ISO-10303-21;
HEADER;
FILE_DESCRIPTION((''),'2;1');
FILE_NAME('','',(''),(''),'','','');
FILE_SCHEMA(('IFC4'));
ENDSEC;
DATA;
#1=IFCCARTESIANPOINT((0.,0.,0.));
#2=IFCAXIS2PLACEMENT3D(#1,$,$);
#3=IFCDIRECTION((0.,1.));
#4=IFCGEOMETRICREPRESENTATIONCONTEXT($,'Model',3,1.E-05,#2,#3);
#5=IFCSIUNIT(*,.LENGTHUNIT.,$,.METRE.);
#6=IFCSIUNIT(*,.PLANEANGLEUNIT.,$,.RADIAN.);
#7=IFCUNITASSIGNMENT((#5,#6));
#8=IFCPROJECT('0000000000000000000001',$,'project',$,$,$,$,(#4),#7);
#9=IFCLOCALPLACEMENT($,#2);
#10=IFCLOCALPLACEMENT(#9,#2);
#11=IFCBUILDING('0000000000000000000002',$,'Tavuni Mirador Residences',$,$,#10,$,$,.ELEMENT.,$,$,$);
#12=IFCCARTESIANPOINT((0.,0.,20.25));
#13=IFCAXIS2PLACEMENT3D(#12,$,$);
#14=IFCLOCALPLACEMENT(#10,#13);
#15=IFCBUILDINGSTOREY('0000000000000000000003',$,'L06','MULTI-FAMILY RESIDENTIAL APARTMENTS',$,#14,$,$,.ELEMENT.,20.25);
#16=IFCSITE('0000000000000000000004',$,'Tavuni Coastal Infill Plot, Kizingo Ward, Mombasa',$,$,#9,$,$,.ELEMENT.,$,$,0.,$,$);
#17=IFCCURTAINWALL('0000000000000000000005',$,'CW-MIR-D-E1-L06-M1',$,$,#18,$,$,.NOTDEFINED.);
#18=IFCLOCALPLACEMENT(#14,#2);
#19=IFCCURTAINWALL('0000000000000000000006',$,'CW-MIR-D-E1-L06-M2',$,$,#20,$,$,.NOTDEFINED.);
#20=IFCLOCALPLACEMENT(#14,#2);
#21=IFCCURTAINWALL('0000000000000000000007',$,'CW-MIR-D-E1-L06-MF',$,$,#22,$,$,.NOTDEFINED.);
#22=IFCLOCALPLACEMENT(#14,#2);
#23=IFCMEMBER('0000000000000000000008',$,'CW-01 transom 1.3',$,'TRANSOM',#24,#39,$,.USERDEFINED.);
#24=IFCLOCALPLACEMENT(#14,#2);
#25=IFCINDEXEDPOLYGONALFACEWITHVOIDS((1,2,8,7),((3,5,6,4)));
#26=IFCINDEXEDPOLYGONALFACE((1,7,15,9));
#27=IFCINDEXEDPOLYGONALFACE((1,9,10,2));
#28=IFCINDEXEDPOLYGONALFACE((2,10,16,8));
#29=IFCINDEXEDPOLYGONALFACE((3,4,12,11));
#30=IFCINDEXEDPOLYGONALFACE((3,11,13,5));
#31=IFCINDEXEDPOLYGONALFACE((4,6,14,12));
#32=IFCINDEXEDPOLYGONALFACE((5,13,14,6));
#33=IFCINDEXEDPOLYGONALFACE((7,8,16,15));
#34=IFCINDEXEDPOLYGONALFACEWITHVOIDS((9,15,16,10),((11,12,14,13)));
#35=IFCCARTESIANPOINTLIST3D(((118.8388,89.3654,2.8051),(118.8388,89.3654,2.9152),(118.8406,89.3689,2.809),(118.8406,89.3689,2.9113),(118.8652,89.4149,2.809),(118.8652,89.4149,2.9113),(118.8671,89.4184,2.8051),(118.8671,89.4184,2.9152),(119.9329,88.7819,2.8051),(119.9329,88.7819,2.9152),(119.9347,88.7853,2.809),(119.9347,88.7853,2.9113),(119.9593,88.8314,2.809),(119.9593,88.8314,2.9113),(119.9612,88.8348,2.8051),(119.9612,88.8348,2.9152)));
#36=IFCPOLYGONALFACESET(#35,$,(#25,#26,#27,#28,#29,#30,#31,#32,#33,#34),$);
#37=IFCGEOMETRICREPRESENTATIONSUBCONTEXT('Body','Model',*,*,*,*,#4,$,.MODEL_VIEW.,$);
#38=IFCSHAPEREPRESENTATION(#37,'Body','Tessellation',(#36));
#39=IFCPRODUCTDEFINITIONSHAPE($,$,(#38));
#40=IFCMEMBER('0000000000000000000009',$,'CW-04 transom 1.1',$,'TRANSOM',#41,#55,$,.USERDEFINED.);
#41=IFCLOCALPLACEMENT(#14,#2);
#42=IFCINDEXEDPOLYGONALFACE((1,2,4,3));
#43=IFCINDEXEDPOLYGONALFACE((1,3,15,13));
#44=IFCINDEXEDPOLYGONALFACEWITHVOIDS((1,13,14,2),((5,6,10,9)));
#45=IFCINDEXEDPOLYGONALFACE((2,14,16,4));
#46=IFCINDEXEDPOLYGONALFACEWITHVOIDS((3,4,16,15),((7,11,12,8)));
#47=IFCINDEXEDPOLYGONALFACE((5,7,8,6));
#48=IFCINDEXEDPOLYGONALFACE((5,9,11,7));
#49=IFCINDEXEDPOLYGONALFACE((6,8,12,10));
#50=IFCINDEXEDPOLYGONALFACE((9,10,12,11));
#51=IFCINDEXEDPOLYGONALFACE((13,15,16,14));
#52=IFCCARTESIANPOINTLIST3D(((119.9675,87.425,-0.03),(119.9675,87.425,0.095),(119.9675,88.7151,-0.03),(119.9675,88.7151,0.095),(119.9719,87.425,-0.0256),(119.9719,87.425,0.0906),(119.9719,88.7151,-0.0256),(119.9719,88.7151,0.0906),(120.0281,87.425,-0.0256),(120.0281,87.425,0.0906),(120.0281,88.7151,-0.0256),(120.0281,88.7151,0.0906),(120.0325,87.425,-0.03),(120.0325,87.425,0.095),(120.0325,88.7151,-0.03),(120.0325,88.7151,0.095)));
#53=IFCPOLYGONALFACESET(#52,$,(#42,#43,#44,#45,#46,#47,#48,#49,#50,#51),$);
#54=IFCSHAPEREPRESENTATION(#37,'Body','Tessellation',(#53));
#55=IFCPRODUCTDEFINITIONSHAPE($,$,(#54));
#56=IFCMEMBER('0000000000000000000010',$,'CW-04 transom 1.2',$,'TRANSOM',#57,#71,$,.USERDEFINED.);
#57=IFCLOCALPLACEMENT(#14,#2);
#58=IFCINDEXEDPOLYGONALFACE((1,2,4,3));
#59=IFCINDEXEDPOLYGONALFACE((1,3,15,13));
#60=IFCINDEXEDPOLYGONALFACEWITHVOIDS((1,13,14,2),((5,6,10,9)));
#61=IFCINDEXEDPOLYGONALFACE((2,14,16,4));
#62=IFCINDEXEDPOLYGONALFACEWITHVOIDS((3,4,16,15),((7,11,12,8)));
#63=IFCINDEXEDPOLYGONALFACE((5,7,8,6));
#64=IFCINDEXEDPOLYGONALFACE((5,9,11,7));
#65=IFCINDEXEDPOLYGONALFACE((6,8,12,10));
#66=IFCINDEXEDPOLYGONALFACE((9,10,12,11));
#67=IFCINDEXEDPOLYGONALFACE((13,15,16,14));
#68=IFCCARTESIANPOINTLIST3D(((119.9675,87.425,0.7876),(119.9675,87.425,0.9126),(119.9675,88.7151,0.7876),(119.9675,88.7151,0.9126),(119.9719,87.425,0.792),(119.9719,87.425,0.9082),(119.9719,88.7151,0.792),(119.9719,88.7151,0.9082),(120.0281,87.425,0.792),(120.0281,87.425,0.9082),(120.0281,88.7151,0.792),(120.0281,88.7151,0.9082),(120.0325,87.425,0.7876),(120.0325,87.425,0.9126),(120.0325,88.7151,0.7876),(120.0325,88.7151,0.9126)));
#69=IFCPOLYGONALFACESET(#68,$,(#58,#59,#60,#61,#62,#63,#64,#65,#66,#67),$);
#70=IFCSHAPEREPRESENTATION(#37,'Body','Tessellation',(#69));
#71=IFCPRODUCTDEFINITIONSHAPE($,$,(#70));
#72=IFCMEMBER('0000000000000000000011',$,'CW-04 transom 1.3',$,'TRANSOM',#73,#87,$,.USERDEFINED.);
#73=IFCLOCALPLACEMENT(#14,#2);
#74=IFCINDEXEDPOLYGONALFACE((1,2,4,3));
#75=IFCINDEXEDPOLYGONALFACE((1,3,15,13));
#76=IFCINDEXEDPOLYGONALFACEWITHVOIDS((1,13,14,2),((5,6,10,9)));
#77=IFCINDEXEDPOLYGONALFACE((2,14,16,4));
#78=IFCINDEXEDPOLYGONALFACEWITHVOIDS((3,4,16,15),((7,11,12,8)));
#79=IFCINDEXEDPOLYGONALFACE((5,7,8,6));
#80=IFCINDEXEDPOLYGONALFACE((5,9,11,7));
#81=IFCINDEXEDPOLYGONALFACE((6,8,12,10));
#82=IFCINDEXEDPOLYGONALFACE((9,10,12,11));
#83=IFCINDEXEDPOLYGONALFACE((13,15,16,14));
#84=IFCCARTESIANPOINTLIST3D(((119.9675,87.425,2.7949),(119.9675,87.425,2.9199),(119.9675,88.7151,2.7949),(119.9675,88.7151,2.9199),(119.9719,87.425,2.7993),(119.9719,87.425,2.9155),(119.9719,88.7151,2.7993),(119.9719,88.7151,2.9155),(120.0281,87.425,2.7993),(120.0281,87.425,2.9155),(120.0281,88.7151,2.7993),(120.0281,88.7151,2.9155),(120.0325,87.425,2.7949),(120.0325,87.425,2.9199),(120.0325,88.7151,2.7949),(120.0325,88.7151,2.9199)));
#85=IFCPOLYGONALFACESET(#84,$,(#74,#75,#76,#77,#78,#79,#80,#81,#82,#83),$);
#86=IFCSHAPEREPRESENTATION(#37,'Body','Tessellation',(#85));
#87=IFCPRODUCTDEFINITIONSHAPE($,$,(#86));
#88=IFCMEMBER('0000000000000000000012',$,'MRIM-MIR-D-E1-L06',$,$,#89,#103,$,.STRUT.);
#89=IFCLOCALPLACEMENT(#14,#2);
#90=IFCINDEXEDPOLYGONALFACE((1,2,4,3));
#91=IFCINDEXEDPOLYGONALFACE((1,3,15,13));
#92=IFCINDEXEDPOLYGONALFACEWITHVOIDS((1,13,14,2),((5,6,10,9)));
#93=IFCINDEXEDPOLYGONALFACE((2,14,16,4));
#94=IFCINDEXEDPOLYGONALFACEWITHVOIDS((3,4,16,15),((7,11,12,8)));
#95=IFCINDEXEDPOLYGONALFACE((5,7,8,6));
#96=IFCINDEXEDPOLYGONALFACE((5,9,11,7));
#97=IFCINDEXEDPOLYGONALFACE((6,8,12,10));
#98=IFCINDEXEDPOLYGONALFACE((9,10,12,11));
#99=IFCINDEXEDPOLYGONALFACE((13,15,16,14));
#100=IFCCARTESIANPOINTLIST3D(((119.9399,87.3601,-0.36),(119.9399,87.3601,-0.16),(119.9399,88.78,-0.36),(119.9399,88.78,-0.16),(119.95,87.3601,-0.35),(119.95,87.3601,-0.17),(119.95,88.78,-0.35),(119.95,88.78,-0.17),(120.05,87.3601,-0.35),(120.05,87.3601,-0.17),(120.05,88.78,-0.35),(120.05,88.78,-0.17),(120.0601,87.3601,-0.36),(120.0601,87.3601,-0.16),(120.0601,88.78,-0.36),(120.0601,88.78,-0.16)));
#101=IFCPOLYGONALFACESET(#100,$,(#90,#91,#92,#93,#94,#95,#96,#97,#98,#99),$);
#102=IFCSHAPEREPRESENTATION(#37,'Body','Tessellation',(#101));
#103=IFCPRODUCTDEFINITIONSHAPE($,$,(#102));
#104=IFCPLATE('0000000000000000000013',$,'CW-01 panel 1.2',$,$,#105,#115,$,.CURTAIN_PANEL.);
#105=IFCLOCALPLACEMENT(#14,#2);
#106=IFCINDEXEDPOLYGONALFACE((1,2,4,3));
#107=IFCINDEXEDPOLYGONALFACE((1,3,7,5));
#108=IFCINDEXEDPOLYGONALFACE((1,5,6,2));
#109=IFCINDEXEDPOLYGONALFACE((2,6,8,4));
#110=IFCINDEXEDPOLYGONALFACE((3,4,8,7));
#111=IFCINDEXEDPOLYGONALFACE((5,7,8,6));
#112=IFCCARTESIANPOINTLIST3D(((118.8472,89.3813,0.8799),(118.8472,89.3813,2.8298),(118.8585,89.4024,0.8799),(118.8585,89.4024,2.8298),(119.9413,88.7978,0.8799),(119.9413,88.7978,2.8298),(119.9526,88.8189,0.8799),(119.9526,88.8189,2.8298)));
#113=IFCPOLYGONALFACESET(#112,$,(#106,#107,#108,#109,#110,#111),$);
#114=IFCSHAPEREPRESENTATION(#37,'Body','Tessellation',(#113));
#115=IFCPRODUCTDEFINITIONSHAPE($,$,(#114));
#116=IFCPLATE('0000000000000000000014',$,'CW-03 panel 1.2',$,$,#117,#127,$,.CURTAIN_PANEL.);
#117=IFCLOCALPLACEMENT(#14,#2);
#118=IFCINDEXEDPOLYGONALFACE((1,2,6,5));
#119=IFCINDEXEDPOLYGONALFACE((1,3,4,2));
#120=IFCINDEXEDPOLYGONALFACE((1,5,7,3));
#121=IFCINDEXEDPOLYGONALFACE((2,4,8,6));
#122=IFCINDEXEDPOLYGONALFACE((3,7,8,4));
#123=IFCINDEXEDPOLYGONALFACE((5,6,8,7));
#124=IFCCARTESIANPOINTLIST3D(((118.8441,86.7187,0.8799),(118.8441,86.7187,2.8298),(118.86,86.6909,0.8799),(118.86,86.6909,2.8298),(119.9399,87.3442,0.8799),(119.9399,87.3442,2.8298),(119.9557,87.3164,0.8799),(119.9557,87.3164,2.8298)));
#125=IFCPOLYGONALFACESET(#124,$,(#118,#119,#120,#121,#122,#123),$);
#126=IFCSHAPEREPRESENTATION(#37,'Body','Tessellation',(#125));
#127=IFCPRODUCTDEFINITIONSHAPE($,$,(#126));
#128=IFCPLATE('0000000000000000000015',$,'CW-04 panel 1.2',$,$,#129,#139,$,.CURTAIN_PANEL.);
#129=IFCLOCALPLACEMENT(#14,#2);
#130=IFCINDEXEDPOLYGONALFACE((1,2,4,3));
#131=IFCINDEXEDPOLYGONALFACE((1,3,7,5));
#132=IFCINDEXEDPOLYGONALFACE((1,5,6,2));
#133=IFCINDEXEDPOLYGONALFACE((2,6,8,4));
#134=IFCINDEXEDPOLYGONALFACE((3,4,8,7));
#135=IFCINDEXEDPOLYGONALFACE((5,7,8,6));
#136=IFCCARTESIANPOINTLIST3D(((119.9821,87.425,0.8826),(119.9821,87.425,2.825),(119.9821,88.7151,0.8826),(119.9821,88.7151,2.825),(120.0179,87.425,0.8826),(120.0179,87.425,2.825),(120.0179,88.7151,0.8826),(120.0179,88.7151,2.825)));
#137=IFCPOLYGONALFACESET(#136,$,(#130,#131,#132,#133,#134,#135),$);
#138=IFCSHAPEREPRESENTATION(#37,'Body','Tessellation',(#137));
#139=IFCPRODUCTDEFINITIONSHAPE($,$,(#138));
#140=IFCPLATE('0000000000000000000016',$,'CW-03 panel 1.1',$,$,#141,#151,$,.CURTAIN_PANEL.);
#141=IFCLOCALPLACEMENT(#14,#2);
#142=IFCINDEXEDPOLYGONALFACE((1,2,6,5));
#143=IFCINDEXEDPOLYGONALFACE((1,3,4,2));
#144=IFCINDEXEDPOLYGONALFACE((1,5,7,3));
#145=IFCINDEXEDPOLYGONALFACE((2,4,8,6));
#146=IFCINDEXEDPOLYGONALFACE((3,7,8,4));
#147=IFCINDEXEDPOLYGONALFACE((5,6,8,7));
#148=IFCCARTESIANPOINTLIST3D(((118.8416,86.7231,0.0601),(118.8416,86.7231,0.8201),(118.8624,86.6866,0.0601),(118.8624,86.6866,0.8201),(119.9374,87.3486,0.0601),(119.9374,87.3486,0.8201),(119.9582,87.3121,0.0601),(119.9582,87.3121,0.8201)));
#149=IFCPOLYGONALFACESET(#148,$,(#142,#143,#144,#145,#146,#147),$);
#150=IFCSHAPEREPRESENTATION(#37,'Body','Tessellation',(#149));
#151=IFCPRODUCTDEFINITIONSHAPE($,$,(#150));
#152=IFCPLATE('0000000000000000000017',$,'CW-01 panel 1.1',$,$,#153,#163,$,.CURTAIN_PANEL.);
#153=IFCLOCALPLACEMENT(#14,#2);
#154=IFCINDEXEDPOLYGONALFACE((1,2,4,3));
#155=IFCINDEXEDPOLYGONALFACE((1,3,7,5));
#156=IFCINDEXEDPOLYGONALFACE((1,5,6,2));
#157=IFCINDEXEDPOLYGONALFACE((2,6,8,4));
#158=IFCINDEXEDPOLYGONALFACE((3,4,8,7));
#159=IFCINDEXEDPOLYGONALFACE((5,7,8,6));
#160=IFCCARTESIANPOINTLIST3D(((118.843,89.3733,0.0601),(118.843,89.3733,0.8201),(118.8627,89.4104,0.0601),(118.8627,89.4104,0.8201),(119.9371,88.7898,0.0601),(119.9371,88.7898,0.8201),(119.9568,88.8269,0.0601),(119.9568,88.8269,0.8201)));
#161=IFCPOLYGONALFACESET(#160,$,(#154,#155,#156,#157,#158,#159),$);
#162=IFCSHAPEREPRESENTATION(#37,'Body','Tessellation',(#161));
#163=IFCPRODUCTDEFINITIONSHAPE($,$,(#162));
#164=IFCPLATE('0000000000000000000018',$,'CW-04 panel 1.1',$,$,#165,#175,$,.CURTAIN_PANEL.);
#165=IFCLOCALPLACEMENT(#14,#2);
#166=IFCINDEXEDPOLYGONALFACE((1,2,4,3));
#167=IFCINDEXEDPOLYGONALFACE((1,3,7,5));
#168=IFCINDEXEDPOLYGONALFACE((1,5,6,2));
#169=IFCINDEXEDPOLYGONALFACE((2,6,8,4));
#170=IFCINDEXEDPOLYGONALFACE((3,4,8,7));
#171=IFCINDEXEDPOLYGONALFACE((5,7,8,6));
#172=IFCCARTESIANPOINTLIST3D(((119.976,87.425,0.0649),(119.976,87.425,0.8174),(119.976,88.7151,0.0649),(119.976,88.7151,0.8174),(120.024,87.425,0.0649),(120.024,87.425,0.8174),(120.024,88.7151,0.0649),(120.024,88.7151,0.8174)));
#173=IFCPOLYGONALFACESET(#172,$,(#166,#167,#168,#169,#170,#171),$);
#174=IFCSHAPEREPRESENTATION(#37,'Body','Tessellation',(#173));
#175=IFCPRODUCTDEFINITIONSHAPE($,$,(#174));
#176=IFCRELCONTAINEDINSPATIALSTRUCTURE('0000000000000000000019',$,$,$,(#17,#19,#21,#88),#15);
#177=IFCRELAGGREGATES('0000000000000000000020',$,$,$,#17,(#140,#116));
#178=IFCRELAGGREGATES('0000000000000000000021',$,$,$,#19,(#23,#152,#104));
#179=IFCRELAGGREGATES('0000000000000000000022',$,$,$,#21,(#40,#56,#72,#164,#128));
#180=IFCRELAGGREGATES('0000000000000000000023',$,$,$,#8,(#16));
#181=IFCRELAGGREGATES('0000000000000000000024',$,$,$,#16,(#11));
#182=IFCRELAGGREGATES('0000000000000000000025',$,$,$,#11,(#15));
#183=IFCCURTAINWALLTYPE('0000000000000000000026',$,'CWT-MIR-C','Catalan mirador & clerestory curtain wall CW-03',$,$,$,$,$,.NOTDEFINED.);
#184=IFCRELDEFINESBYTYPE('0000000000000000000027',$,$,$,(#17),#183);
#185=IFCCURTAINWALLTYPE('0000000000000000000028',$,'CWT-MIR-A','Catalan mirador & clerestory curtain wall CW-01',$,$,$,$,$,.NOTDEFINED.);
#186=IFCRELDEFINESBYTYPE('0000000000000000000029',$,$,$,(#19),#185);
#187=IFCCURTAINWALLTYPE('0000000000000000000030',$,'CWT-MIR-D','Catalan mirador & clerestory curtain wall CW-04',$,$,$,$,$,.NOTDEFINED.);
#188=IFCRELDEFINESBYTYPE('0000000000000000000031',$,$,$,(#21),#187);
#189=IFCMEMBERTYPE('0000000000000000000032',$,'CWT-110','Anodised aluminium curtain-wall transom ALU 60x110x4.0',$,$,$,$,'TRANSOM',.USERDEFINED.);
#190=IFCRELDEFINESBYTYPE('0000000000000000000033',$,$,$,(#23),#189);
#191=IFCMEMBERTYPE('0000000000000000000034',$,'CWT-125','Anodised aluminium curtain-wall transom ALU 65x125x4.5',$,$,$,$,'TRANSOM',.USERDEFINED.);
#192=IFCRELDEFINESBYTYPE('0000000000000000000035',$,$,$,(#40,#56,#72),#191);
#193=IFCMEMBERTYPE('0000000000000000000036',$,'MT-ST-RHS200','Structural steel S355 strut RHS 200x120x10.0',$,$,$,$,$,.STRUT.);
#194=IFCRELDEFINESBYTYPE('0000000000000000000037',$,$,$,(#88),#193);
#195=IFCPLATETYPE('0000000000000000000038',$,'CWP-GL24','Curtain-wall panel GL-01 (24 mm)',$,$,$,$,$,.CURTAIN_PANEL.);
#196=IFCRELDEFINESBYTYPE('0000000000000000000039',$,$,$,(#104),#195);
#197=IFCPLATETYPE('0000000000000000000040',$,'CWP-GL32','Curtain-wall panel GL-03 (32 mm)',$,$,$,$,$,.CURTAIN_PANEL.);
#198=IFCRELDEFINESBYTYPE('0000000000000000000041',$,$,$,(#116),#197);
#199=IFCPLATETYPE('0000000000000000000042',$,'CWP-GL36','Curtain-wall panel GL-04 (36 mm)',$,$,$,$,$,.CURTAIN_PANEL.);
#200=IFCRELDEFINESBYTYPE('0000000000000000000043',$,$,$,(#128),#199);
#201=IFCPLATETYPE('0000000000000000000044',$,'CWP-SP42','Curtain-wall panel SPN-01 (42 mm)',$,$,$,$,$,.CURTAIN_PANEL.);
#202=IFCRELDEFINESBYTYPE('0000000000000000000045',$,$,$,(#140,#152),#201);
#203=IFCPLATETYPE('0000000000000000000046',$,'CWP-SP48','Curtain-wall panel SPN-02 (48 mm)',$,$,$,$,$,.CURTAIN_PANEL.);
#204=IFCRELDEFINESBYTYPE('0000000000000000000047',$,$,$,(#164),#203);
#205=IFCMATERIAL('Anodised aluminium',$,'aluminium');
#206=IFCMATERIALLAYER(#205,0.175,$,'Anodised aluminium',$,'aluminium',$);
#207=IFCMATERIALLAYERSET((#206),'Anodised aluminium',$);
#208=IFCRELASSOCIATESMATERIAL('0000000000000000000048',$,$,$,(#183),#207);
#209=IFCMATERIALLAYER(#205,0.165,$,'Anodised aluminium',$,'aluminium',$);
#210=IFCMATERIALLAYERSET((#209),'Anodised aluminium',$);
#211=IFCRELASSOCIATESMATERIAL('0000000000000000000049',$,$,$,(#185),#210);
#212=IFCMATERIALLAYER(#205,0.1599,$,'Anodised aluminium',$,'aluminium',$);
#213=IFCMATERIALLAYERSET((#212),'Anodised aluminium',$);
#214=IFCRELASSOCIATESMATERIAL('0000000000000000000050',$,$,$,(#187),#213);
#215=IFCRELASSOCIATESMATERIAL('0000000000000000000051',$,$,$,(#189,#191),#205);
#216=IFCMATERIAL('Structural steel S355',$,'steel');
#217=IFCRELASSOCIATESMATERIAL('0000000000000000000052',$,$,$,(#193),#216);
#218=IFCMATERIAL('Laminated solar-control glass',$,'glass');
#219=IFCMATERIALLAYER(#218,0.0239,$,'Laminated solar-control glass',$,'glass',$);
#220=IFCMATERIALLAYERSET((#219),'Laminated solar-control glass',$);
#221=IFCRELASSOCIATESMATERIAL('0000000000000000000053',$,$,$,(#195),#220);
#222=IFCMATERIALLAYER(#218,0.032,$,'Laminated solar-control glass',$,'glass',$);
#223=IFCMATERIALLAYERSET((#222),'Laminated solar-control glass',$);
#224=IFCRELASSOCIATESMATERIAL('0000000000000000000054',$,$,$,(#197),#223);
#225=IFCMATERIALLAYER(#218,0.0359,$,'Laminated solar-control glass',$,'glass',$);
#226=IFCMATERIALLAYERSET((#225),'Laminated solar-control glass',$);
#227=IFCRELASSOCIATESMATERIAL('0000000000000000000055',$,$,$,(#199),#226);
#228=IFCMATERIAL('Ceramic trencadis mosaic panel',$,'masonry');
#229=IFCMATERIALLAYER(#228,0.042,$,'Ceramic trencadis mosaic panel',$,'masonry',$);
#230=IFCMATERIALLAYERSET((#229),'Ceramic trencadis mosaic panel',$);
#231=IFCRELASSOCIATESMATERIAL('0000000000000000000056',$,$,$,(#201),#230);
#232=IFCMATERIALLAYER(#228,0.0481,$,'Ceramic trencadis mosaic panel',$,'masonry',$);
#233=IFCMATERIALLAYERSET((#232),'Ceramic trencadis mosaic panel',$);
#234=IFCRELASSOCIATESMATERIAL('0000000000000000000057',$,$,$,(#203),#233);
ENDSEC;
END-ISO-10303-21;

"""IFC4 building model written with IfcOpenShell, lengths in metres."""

from ifc_helpers import new_model, si_unit, direction, frame, origin, origin_2d, place, context, subcontext, project, spatial, rectangle, hollow_rectangle, extrude, material, layer, layer_set, material_profile, profile_set, type_object, element, aggregate, save


model = new_model("IFC4")

# Units and contexts
model_context = context("Model", 3, precision=1e-05, world=origin(), true_north=direction((0.0, 1.0)))
body_context = subcontext(model_context, "Body", "Model", "MODEL_VIEW")
ifc_project = project(units=[si_unit("LENGTHUNIT", "METRE"), si_unit("PLANEANGLEUNIT", "RADIAN")], contexts=[model_context])

# Site, building, storey
site_placement = place(None, origin())
site = spatial("IfcSite", under=ifc_project, at=site_placement, Name="Tavuni Coastal Infill Plot, Kizingo Ward, Mombasa", CompositionType="ELEMENT", RefElevation=0.0)
building_placement = place(site_placement, origin())
building = spatial("IfcBuilding", under=site, at=building_placement, Name="Tavuni Mirador Residences", CompositionType="ELEMENT")
storey_placement = place(building_placement, frame((0.0, 0.0, 20.25)))
storey = spatial("IfcBuildingStorey", under=building, at=storey_placement, Name="L06", Description="MULTI-FAMILY RESIDENTIAL APARTMENTS", CompositionType="ELEMENT", Elevation=20.25)

# Curtain wall
ifc_material_1 = material(Name="Anodised aluminium", Category="aluminium")
ifc_layer_1 = layer(ifc_material_1, 0.175, Name="Anodised aluminium", Category="aluminium")
ifc_layer_set_1 = layer_set([ifc_layer_1], Name="Anodised aluminium")
curtain_wall_type_1 = type_object("IfcCurtainWallType", Name="CWT-MIR-C", Description="Catalan mirador & clerestory curtain wall CW-03", PredefinedType="NOTDEFINED", material=ifc_layer_set_1)
curtain_wall_1_placement = place(storey_placement, origin())
curtain_wall_1 = element("IfcCurtainWall", 1, at=curtain_wall_1_placement, inside=storey, type_object=curtain_wall_type_1, Name="CW-MIR-D-E1-L06-M1", PredefinedType="NOTDEFINED")

# Curtain walls
ifc_layer_2 = layer(ifc_material_1, 0.165, Name="Anodised aluminium", Category="aluminium")
ifc_layer_set_2 = layer_set([ifc_layer_2], Name="Anodised aluminium")
curtain_wall_type_2 = type_object("IfcCurtainWallType", Name="CWT-MIR-A", Description="Catalan mirador & clerestory curtain wall CW-01", PredefinedType="NOTDEFINED", material=ifc_layer_set_2)
curtain_wall_2_placement = place(storey_placement, origin())
curtain_wall_2 = element("IfcCurtainWall", 2, at=curtain_wall_2_placement, inside=storey, type_object=curtain_wall_type_2, Name="CW-MIR-D-E1-L06-M2", PredefinedType="NOTDEFINED")
ifc_layer_3 = layer(ifc_material_1, 0.1599, Name="Anodised aluminium", Category="aluminium")
ifc_layer_set_3 = layer_set([ifc_layer_3], Name="Anodised aluminium")
curtain_wall_type_3 = type_object("IfcCurtainWallType", Name="CWT-MIR-D", Description="Catalan mirador & clerestory curtain wall CW-04", PredefinedType="NOTDEFINED", material=ifc_layer_set_3)
curtain_wall_3_placement = place(storey_placement, origin())
curtain_wall_3 = element("IfcCurtainWall", 3, at=curtain_wall_3_placement, inside=storey, type_object=curtain_wall_type_3, Name="CW-MIR-D-E1-L06-MF", PredefinedType="NOTDEFINED")

# Members
ifc_material_profile_1 = material_profile(ifc_material_1, hollow_rectangle(XDim=0.0601, YDim=0.1101, WallThickness=0.0039, at=origin_2d()), Name="ALU 60x110x4.0", Category="aluminium")
ifc_profile_set_1 = profile_set([ifc_material_profile_1], Name="Anodised aluminium")
member_type_1 = type_object("IfcMemberType", Name="CWT-110", Description="Anodised aluminium curtain-wall transom ALU 60x110x4.0", ElementType="TRANSOM", PredefinedType="USERDEFINED", material=ifc_profile_set_1)
member_1_placement = place(storey_placement, frame((119.947, 88.8083, 2.8601), z_axis=(-0.882342, 0.470609, 0.0), x_axis=(-0.470609, -0.882342, 0.0)))
member_1 = element("IfcMember", 4, at=member_1_placement, type_object=member_type_1, Name="CW-01 transom 1.3", ObjectType="TRANSOM", PredefinedType="USERDEFINED", context=body_context, shape_type="SweptSolid", body=[
    extrude(hollow_rectangle(XDim=0.0601, YDim=0.1101, WallThickness=0.0039, at=origin_2d()), origin(), (0.0, 0.0, 1.0), 1.24),
])
ifc_material_profile_2 = material_profile(ifc_material_1, hollow_rectangle(XDim=0.0649, YDim=0.125, WallThickness=0.0044, at=origin_2d()), Name="ALU 65x125x4.5", Category="aluminium")
ifc_profile_set_2 = profile_set([ifc_material_profile_2], Name="Anodised aluminium")
member_type_2 = type_object("IfcMemberType", Name="CWT-125", Description="Anodised aluminium curtain-wall transom ALU 65x125x4.5", ElementType="TRANSOM", PredefinedType="USERDEFINED", material=ifc_profile_set_2)
member_2_placement = place(storey_placement, frame((120.0, 87.425, 0.0325), z_axis=(0.0, 1.0, 0.0), x_axis=(-1.0, 0.0, 0.0)))
member_2 = element("IfcMember", 5, at=member_2_placement, type_object=member_type_2, Name="CW-04 transom 1.1", ObjectType="TRANSOM", PredefinedType="USERDEFINED", context=body_context, shape_type="SweptSolid", body=[
    extrude(hollow_rectangle(XDim=0.0649, YDim=0.125, WallThickness=0.0044, at=origin_2d()), origin(), (0.0, 0.0, 1.0), 1.29),
])
member_3_placement = place(storey_placement, frame((120.0, 87.425, 0.8501), z_axis=(0.0, 1.0, 0.0), x_axis=(-1.0, 0.0, 0.0)))
member_3 = element("IfcMember", 6, at=member_3_placement, type_object=member_type_2, Name="CW-04 transom 1.2", ObjectType="TRANSOM", PredefinedType="USERDEFINED", context=body_context, shape_type="SweptSolid", body=[
    extrude(hollow_rectangle(XDim=0.0649, YDim=0.125, WallThickness=0.0044, at=origin_2d()), origin(), (0.0, 0.0, 1.0), 1.29),
])
member_4_placement = place(storey_placement, frame((120.0, 87.425, 2.8574), z_axis=(0.0, 1.0, 0.0), x_axis=(-1.0, 0.0, 0.0)))
member_4 = element("IfcMember", 7, at=member_4_placement, type_object=member_type_2, Name="CW-04 transom 1.3", ObjectType="TRANSOM", PredefinedType="USERDEFINED", context=body_context, shape_type="SweptSolid", body=[
    extrude(hollow_rectangle(XDim=0.0649, YDim=0.125, WallThickness=0.0044, at=origin_2d()), origin(), (0.0, 0.0, 1.0), 1.29),
])
ifc_material_2 = material(Name="Structural steel S355", Category="steel")
ifc_material_profile_3 = material_profile(ifc_material_2, hollow_rectangle(XDim=0.1201, YDim=0.2, WallThickness=0.01, at=origin_2d()), Name="RHS 200x120x10.0", Category="steel")
ifc_profile_set_3 = profile_set([ifc_material_profile_3], Name="Structural steel S355")
member_type_3 = type_object("IfcMemberType", Name="MT-ST-RHS200", Description="Structural steel S355 strut RHS 200x120x10.0", PredefinedType="STRUT", material=ifc_profile_set_3)
member_5_placement = place(storey_placement, frame((120.0, 87.3601, -0.26), z_axis=(0.0, 1.0, 0.0), x_axis=(-1.0, 0.0, 0.0)))
element("IfcMember", 8, at=member_5_placement, inside=storey, type_object=member_type_3, Name="MRIM-MIR-D-E1-L06", PredefinedType="STRUT", context=body_context, shape_type="SweptSolid", body=[
    extrude(hollow_rectangle(XDim=0.1201, YDim=0.2, WallThickness=0.01, at=origin_2d()), origin(), (0.0, 0.0, 1.0), 1.4199),
])

# Plates
ifc_material_3 = material(Name="Laminated solar-control glass", Category="glass")
ifc_layer_4 = layer(ifc_material_3, 0.0239, Name="Laminated solar-control glass", Category="glass")
ifc_layer_set_4 = layer_set([ifc_layer_4], Name="Laminated solar-control glass")
plate_type_1 = type_object("IfcPlateType", Name="CWP-GL24", Description="Curtain-wall panel GL-01 (24 mm)", PredefinedType="CURTAIN_PANEL", material=ifc_layer_set_4)
plate_1_placement = place(storey_placement, frame((119.3999, 89.1001, 0.8799), z_axis=(0.0, 0.0, 1.0), x_axis=(-0.882353, 0.470588, 0.0)))
plate_1 = element("IfcPlate", 9, at=plate_1_placement, type_object=plate_type_1, Name="CW-01 panel 1.2", PredefinedType="CURTAIN_PANEL", context=body_context, shape_type="SweptSolid", body=[
    extrude(rectangle(XDim=1.24, YDim=0.0239, at=origin_2d()), origin(), (0.0, 0.0, 1.0), 1.95),
])
ifc_layer_5 = layer(ifc_material_3, 0.032, Name="Laminated solar-control glass", Category="glass")
ifc_layer_set_5 = layer_set([ifc_layer_5], Name="Laminated solar-control glass")
plate_type_2 = type_object("IfcPlateType", Name="CWP-GL32", Description="Curtain-wall panel GL-03 (32 mm)", PredefinedType="CURTAIN_PANEL", material=ifc_layer_set_5)
plate_2_placement = place(storey_placement, frame((119.3999, 87.0176, 0.8799), z_axis=(0.0, 0.0, 1.0), x_axis=(0.868466, 0.495749, 0.0)))
plate_2 = element("IfcPlate", 10, at=plate_2_placement, type_object=plate_type_2, Name="CW-03 panel 1.2", PredefinedType="CURTAIN_PANEL", context=body_context, shape_type="SweptSolid", body=[
    extrude(rectangle(XDim=1.2617, YDim=0.032, at=origin_2d()), origin(), (0.0, 0.0, 1.0), 1.95),
])
ifc_layer_6 = layer(ifc_material_3, 0.0359, Name="Laminated solar-control glass", Category="glass")
ifc_layer_set_6 = layer_set([ifc_layer_6], Name="Laminated solar-control glass")
plate_type_3 = type_object("IfcPlateType", Name="CWP-GL36", Description="Curtain-wall panel GL-04 (36 mm)", PredefinedType="CURTAIN_PANEL", material=ifc_layer_set_6)
plate_3_placement = place(storey_placement, frame((120.0, 88.0701, 0.8826), z_axis=(0.0, 0.0, 1.0), x_axis=(0.0, 1.0, 0.0)))
plate_3 = element("IfcPlate", 11, at=plate_3_placement, type_object=plate_type_3, Name="CW-04 panel 1.2", PredefinedType="CURTAIN_PANEL", context=body_context, shape_type="SweptSolid", body=[
    extrude(rectangle(XDim=1.29, YDim=0.0359, at=origin_2d()), origin(), (0.0, 0.0, 1.0), 1.9424),
])
ifc_material_4 = material(Name="Ceramic trencadis mosaic panel", Category="masonry")
ifc_layer_7 = layer(ifc_material_4, 0.042, Name="Ceramic trencadis mosaic panel", Category="masonry")
ifc_layer_set_7 = layer_set([ifc_layer_7], Name="Ceramic trencadis mosaic panel")
plate_type_4 = type_object("IfcPlateType", Name="CWP-SP42", Description="Curtain-wall panel SPN-01 (42 mm)", PredefinedType="CURTAIN_PANEL", material=ifc_layer_set_7)
plate_4_placement = place(storey_placement, frame((119.3999, 87.0176, 0.0601), z_axis=(0.0, 0.0, 1.0), x_axis=(0.868466, 0.495749, 0.0)))
plate_4 = element("IfcPlate", 12, at=plate_4_placement, type_object=plate_type_4, Name="CW-03 panel 1.1", PredefinedType="CURTAIN_PANEL", context=body_context, shape_type="SweptSolid", body=[
    extrude(rectangle(XDim=1.2617, YDim=0.042, at=origin_2d()), origin(), (0.0, 0.0, 1.0), 0.76),
])
aggregate(curtain_wall_1, [plate_4, plate_2])
plate_5_placement = place(storey_placement, frame((119.3999, 89.1001, 0.0601), z_axis=(0.0, 0.0, 1.0), x_axis=(-0.882353, 0.470588, 0.0)))
plate_5 = element("IfcPlate", 13, at=plate_5_placement, type_object=plate_type_4, Name="CW-01 panel 1.1", PredefinedType="CURTAIN_PANEL", context=body_context, shape_type="SweptSolid", body=[
    extrude(rectangle(XDim=1.24, YDim=0.042, at=origin_2d()), origin(), (0.0, 0.0, 1.0), 0.76),
])
aggregate(curtain_wall_2, [member_1, plate_5, plate_1])
ifc_layer_8 = layer(ifc_material_4, 0.0481, Name="Ceramic trencadis mosaic panel", Category="masonry")
ifc_layer_set_8 = layer_set([ifc_layer_8], Name="Ceramic trencadis mosaic panel")
plate_type_5 = type_object("IfcPlateType", Name="CWP-SP48", Description="Curtain-wall panel SPN-02 (48 mm)", PredefinedType="CURTAIN_PANEL", material=ifc_layer_set_8)
plate_6_placement = place(storey_placement, frame((120.0, 88.0701, 0.0649), z_axis=(0.0, 0.0, 1.0), x_axis=(0.0, 1.0, 0.0)))
plate_6 = element("IfcPlate", 14, at=plate_6_placement, type_object=plate_type_5, Name="CW-04 panel 1.1", PredefinedType="CURTAIN_PANEL", context=body_context, shape_type="SweptSolid", body=[
    extrude(rectangle(XDim=1.29, YDim=0.0481, at=origin_2d()), origin(), (0.0, 0.0, 1.0), 0.7524),
])
aggregate(curtain_wall_3, [member_2, member_3, member_4, plate_6, plate_3])

save(model, "model.ifc")
